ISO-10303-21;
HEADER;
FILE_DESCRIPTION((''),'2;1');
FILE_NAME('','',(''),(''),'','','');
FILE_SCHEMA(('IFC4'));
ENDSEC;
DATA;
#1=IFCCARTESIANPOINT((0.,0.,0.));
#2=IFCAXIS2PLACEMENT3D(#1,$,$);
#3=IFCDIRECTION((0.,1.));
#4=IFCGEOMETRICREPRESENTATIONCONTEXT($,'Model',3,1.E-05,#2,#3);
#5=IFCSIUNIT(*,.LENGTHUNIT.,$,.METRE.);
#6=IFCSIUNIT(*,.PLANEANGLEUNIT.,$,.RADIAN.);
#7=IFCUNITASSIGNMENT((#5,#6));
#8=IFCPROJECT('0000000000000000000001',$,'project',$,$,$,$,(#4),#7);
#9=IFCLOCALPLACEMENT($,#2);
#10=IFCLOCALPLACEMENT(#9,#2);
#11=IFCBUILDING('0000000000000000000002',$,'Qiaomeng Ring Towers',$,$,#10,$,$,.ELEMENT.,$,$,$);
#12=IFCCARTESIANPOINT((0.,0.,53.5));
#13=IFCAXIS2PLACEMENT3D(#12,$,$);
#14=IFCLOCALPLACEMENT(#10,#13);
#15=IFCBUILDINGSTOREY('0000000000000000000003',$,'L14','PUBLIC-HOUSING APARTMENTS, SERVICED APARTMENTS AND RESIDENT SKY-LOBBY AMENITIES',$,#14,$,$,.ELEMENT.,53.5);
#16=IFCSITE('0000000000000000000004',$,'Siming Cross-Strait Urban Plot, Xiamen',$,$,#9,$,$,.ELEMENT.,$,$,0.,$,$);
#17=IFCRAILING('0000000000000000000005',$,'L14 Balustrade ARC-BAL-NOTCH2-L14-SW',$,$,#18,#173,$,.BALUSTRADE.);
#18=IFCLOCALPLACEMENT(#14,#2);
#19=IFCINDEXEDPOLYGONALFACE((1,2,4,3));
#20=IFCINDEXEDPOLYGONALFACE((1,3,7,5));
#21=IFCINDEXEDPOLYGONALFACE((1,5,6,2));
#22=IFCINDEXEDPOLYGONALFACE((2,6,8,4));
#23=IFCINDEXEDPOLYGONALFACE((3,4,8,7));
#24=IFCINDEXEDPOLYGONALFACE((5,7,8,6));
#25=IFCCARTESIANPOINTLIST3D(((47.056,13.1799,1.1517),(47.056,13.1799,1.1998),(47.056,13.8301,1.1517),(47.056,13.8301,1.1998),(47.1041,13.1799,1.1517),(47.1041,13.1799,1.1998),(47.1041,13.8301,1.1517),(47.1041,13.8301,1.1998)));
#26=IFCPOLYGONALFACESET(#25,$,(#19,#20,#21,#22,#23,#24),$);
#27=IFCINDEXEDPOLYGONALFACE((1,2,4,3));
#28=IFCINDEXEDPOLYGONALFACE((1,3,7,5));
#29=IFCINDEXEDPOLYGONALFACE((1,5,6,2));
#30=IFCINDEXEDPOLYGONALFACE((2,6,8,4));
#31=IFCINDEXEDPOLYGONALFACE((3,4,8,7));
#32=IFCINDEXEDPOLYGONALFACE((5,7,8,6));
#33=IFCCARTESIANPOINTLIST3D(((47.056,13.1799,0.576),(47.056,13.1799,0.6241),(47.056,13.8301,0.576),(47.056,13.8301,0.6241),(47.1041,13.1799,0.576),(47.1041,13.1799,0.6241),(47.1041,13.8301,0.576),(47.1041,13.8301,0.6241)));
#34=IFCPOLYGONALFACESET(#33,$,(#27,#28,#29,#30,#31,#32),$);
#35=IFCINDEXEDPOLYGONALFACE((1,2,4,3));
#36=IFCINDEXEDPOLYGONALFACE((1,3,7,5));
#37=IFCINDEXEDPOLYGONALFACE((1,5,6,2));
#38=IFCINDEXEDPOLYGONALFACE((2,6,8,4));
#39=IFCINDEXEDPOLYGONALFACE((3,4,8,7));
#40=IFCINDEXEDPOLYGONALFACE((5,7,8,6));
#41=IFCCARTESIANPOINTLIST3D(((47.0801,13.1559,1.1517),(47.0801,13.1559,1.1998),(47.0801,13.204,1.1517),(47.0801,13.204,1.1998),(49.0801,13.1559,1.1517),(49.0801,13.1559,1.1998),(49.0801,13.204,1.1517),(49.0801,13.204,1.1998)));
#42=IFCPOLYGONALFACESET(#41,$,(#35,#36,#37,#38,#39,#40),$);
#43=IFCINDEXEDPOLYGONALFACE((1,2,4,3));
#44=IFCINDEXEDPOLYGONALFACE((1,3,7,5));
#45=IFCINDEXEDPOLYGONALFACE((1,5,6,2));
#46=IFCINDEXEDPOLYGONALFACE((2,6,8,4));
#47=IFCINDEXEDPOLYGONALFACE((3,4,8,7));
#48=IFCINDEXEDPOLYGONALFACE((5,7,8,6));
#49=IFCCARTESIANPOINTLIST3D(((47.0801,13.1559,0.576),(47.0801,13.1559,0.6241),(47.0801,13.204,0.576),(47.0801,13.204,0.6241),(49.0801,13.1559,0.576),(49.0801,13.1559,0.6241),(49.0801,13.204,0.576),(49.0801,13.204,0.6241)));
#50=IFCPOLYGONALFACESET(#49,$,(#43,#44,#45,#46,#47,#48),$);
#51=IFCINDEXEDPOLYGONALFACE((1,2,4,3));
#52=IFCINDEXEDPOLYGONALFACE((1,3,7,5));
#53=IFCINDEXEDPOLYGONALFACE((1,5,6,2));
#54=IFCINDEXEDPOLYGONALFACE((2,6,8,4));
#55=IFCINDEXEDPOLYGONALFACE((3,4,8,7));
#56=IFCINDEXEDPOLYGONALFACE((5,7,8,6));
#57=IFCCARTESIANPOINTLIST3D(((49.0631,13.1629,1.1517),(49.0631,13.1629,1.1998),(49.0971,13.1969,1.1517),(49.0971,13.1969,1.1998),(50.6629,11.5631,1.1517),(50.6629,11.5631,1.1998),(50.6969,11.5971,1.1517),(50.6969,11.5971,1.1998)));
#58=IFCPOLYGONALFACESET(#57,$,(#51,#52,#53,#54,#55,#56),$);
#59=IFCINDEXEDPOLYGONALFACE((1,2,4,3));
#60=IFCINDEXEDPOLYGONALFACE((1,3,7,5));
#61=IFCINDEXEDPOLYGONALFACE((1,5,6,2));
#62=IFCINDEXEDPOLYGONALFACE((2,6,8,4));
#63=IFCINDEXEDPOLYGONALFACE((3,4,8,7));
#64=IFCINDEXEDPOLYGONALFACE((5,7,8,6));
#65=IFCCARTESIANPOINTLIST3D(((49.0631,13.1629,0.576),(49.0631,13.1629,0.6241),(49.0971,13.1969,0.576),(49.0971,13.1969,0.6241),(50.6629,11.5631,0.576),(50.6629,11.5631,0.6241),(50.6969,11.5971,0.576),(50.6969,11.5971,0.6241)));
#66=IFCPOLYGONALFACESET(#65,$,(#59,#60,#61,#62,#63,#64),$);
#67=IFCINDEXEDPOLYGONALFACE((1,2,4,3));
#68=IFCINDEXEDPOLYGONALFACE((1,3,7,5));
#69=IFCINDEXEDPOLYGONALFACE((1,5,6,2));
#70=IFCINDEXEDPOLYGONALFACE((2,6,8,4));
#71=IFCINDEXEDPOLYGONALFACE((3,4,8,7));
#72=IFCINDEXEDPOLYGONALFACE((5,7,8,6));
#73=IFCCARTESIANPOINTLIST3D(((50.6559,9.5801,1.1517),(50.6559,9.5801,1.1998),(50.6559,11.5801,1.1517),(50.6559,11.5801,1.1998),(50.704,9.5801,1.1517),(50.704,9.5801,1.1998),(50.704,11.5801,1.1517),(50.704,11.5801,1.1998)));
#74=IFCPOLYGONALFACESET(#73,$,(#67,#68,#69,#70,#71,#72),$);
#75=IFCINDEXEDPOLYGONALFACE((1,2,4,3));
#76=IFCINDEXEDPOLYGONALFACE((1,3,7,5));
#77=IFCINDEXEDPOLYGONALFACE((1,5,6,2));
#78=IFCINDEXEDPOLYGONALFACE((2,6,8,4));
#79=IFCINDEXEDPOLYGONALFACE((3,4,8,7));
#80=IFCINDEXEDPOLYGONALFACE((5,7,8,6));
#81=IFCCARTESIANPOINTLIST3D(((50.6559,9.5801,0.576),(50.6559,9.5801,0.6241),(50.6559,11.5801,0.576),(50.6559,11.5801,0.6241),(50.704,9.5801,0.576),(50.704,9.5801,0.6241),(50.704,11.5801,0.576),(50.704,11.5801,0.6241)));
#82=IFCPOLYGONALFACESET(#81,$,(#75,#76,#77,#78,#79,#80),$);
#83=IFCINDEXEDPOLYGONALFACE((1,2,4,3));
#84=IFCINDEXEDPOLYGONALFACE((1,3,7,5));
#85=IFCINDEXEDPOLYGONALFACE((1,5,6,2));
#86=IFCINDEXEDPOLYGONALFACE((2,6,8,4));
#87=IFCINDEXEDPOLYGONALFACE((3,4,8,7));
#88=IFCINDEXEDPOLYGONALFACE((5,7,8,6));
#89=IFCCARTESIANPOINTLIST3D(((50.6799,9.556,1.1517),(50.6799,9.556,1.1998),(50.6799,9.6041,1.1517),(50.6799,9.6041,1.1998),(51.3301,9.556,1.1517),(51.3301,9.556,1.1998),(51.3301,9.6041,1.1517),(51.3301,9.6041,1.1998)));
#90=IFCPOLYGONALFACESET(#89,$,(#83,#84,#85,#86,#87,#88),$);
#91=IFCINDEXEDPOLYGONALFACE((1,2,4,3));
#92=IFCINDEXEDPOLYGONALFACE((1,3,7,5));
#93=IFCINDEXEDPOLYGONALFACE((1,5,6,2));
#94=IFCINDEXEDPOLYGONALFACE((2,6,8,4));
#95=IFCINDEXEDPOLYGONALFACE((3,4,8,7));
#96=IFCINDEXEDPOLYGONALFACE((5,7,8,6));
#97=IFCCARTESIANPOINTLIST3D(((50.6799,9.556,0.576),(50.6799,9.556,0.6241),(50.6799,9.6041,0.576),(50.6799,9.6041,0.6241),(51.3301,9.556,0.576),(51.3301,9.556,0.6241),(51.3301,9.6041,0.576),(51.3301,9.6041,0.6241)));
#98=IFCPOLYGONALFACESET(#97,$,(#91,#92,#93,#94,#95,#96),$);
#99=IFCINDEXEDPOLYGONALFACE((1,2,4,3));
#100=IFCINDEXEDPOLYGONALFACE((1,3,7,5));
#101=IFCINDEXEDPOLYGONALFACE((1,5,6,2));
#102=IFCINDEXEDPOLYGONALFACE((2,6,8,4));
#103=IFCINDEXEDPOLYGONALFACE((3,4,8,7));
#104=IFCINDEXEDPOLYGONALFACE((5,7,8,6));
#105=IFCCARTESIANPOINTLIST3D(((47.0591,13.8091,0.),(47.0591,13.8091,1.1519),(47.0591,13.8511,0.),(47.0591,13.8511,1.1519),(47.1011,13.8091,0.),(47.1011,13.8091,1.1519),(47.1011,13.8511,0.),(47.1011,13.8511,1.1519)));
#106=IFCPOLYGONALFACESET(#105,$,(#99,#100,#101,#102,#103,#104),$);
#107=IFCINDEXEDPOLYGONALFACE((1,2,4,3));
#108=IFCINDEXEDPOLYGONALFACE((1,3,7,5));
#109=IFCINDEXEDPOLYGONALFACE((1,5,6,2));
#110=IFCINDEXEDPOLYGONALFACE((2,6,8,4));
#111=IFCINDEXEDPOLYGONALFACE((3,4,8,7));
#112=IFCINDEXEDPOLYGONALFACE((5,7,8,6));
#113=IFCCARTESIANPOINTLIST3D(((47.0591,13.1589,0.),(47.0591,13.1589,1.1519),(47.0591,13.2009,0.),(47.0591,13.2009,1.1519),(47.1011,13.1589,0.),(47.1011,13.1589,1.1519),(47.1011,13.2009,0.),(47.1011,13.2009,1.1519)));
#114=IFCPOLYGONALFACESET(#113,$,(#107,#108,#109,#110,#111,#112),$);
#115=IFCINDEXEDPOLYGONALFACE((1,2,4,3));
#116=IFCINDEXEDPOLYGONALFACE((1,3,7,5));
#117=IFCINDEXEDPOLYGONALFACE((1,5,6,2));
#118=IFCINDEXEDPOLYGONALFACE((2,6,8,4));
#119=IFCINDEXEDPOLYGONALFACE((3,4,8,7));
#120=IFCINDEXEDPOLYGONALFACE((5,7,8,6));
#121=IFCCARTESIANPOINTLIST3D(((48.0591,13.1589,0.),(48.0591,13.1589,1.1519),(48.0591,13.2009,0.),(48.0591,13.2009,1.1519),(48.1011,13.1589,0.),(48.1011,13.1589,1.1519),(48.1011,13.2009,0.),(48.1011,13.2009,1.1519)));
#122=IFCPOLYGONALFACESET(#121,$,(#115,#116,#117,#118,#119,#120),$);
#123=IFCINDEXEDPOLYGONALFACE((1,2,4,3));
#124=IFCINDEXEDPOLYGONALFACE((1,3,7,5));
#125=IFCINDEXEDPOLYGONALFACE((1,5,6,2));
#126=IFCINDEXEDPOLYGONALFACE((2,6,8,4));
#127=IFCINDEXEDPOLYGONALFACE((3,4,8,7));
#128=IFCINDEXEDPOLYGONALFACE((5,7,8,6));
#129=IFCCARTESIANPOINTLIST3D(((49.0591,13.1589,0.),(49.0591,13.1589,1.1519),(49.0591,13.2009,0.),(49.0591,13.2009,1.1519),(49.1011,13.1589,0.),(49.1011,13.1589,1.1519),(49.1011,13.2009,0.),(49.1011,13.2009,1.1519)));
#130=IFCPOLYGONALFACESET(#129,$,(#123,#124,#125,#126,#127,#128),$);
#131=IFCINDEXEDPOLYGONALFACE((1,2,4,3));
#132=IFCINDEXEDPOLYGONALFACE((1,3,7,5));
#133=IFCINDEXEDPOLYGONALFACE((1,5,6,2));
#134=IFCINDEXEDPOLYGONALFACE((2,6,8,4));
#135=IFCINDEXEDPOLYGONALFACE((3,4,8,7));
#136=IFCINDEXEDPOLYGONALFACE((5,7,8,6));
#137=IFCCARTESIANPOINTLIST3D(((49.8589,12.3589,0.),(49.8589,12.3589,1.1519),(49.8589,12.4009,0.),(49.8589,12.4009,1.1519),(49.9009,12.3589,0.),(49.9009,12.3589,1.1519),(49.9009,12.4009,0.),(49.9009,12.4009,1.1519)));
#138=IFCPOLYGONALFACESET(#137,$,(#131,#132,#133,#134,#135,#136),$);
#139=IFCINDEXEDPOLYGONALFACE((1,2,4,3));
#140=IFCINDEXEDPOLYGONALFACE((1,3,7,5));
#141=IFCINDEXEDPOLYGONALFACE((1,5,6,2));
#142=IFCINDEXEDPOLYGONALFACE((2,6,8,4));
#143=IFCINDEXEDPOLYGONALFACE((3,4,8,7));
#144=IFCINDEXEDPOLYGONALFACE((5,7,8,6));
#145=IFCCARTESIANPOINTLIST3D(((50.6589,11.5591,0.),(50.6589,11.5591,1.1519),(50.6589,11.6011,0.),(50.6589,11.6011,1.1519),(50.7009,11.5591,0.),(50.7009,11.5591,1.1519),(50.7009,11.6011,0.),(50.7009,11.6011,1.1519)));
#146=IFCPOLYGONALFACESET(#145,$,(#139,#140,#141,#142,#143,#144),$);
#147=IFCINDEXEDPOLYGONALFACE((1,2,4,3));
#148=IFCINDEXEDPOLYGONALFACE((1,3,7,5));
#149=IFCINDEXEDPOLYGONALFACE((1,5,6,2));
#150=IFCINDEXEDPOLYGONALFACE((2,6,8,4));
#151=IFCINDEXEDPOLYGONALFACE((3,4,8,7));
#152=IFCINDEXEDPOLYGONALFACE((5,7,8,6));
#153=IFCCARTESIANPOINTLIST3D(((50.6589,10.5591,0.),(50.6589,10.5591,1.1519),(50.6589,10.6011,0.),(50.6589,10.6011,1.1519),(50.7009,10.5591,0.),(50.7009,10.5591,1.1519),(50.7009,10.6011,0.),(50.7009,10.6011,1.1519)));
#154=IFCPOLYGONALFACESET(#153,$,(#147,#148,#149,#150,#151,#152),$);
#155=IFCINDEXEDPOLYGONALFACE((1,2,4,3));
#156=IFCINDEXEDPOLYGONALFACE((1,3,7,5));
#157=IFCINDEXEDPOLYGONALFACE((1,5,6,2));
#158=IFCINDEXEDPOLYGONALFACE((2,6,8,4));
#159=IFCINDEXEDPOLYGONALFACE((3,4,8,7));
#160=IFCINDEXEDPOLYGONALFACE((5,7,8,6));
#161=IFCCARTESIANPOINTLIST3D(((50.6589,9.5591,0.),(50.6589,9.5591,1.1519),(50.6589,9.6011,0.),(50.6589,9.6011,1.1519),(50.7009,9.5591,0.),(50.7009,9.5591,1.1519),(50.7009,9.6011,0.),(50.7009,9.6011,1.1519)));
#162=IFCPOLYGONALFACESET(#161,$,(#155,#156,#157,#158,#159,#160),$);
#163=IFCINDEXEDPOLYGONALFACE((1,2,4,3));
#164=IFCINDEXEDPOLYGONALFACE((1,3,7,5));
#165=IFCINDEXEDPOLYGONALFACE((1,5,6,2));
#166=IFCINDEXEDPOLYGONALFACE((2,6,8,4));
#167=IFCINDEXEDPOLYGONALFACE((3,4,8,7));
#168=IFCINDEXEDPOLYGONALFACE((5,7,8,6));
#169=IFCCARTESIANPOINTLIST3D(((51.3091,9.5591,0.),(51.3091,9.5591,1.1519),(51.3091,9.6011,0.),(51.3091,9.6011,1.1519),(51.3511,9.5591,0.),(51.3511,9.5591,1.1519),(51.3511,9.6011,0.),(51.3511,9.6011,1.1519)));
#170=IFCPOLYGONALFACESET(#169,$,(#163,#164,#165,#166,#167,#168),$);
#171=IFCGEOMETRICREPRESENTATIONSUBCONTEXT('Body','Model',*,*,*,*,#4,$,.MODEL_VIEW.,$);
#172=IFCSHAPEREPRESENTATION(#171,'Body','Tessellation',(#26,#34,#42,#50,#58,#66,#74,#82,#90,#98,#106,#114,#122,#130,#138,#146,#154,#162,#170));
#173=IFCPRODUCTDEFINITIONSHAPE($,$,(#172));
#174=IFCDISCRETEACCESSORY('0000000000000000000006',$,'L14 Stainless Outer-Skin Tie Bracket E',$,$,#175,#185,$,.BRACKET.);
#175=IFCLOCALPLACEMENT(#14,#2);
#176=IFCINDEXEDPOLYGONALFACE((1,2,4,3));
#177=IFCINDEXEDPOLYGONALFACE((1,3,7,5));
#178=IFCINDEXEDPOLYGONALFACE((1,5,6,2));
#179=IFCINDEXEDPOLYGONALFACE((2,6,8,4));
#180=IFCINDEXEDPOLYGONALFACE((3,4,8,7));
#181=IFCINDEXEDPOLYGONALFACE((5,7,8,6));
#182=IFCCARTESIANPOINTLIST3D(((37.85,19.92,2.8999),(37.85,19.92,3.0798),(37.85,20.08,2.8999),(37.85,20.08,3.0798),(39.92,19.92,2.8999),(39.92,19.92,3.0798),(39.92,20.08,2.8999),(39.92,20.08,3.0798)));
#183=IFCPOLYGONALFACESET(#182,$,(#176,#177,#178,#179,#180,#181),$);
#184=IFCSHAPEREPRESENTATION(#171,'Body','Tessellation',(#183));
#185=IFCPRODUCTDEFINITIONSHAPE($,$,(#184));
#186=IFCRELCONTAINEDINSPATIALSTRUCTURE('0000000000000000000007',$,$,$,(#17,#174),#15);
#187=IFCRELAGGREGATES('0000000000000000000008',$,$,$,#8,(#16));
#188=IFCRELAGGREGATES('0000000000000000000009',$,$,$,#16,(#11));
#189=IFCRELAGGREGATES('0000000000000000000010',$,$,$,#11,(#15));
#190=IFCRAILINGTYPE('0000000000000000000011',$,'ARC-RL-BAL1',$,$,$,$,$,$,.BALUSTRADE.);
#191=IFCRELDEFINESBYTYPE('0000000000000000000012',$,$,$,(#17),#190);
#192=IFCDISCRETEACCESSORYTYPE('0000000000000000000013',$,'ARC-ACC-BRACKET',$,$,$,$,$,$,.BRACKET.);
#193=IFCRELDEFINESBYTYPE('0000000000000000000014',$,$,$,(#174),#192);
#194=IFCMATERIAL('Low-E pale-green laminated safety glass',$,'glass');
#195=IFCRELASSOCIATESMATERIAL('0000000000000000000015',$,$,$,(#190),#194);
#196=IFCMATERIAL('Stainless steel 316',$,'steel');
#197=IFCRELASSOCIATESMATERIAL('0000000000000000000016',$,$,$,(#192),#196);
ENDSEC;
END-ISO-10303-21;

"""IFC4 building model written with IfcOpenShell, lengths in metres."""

from ifc_helpers import new_model, si_unit, direction, frame, origin, origin_2d, place, context, subcontext, project, spatial, rectangle, extrude, source, transform, mapped, material, type_object, element, save


model = new_model("IFC4")

# Units and contexts
model_context = context("Model", 3, precision=1e-05, world=origin(), true_north=direction((0.0, 1.0)))
body_context = subcontext(model_context, "Body", "Model", "MODEL_VIEW")
ifc_project = project(units=[si_unit("LENGTHUNIT", "METRE"), si_unit("PLANEANGLEUNIT", "RADIAN")], contexts=[model_context])

# Site, building, storey
site_placement = place(None, origin())
site = spatial("IfcSite", under=ifc_project, at=site_placement, Name="Siming Cross-Strait Urban Plot, Xiamen", CompositionType="ELEMENT", RefElevation=0.0)
building_placement = place(site_placement, origin())
building = spatial("IfcBuilding", under=site, at=building_placement, Name="Qiaomeng Ring Towers", CompositionType="ELEMENT")
storey_placement = place(building_placement, frame((0.0, 0.0, 53.5)))
storey = spatial("IfcBuildingStorey", under=building, at=storey_placement, Name="L14", Description="PUBLIC-HOUSING APARTMENTS, SERVICED APARTMENTS AND RESIDENT SKY-LOBBY AMENITIES", CompositionType="ELEMENT", Elevation=53.5)

# Railing
ifc_material_1 = material(Name="Low-E pale-green laminated safety glass", Category="glass")
railing_type = type_object("IfcRailingType", Name="ARC-RL-BAL1", PredefinedType="BALUSTRADE", material=ifc_material_1)
railing_1_placement = place(storey_placement, frame((47.0801, 13.8301, 0.0)))
element("IfcRailing", 1, at=railing_1_placement, inside=storey, type_object=railing_type, Name="L14 Balustrade ARC-BAL-NOTCH2-L14-SW", PredefinedType="BALUSTRADE", context=body_context, shape_type="SweptSolid", body=[
    extrude(rectangle(XDim=0.0481, YDim=0.0481, at=origin_2d()), frame((0.0, 0.0, 1.1758), z_axis=(0.0, -1.0, 0.0), x_axis=(1.0, 0.0, 0.0)), (0.0, 0.0, 1.0), 0.6501),
    extrude(rectangle(XDim=0.0481, YDim=0.0481, at=origin_2d()), frame((0.0, 0.0, 0.6001), z_axis=(0.0, -1.0, 0.0), x_axis=(1.0, 0.0, 0.0)), (0.0, 0.0, 1.0), 0.6501),
    extrude(rectangle(XDim=0.0481, YDim=0.0481, at=origin_2d()), frame((0.0, -0.6501, 1.1758), z_axis=(1.0, 0.0, 0.0), x_axis=(0.0, 1.0, 0.0)), (0.0, 0.0, 1.0), 2.0),
    extrude(rectangle(XDim=0.0481, YDim=0.0481, at=origin_2d()), frame((0.0, -0.6501, 0.6001), z_axis=(1.0, 0.0, 0.0), x_axis=(0.0, 1.0, 0.0)), (0.0, 0.0, 1.0), 2.0),
    extrude(rectangle(XDim=0.0481, YDim=0.0481, at=origin_2d()), frame((2.0, -0.6501, 1.1758), z_axis=(0.707107, -0.707107, 0.0), x_axis=(0.707107, 0.707107, 0.0)), (0.0, 0.0, 1.0), 2.2625),
    extrude(rectangle(XDim=0.0481, YDim=0.0481, at=origin_2d()), frame((2.0, -0.6501, 0.6001), z_axis=(0.707107, -0.707107, 0.0), x_axis=(0.707107, 0.707107, 0.0)), (0.0, 0.0, 1.0), 2.2625),
    extrude(rectangle(XDim=0.0481, YDim=0.0481, at=origin_2d()), frame((3.5999, -2.25, 1.1758), z_axis=(0.0, -1.0, 0.0), x_axis=(1.0, 0.0, 0.0)), (0.0, 0.0, 1.0), 2.0),
    extrude(rectangle(XDim=0.0481, YDim=0.0481, at=origin_2d()), frame((3.5999, -2.25, 0.6001), z_axis=(0.0, -1.0, 0.0), x_axis=(1.0, 0.0, 0.0)), (0.0, 0.0, 1.0), 2.0),
    extrude(rectangle(XDim=0.0481, YDim=0.0481, at=origin_2d()), frame((3.5999, -4.25, 1.1758), z_axis=(1.0, 0.0, 0.0), x_axis=(0.0, 1.0, 0.0)), (0.0, 0.0, 1.0), 0.6501),
    extrude(rectangle(XDim=0.0481, YDim=0.0481, at=origin_2d()), frame((3.5999, -4.25, 0.6001), z_axis=(1.0, 0.0, 0.0), x_axis=(0.0, 1.0, 0.0)), (0.0, 0.0, 1.0), 0.6501),
    extrude(rectangle(XDim=0.042, YDim=0.042, at=origin_2d()), origin(), (0.0, 0.0, 1.0), 1.1519),
    extrude(rectangle(XDim=0.042, YDim=0.042, at=origin_2d()), frame((0.0, -0.6501, 0.0)), (0.0, 0.0, 1.0), 1.1519),
    extrude(rectangle(XDim=0.042, YDim=0.042, at=origin_2d()), frame((1.0, -0.6501, 0.0)), (0.0, 0.0, 1.0), 1.1519),
    extrude(rectangle(XDim=0.042, YDim=0.042, at=origin_2d()), frame((2.0, -0.6501, 0.0)), (0.0, 0.0, 1.0), 1.1519),
    extrude(rectangle(XDim=0.042, YDim=0.042, at=origin_2d()), frame((2.7998, -1.4502, 0.0)), (0.0, 0.0, 1.0), 1.1519),
    extrude(rectangle(XDim=0.042, YDim=0.042, at=origin_2d()), frame((3.5999, -2.25, 0.0)), (0.0, 0.0, 1.0), 1.1519),
    extrude(rectangle(XDim=0.042, YDim=0.042, at=origin_2d()), frame((3.5999, -3.25, 0.0)), (0.0, 0.0, 1.0), 1.1519),
    extrude(rectangle(XDim=0.042, YDim=0.042, at=origin_2d()), frame((3.5999, -4.25, 0.0)), (0.0, 0.0, 1.0), 1.1519),
    extrude(rectangle(XDim=0.042, YDim=0.042, at=origin_2d()), frame((4.25, -4.25, 0.0)), (0.0, 0.0, 1.0), 1.1519),
])

# Discrete accessory
ifc_material_2 = material(Name="Stainless steel 316", Category="steel")
discrete_accessory_type = type_object("IfcDiscreteAccessoryType", Name="ARC-ACC-BRACKET", PredefinedType="BRACKET", material=ifc_material_2)
shared_shape_1 = source(origin(), body_context, "Body", "SweptSolid", [
    extrude(rectangle(XDim=2.0701, YDim=0.1599, at=origin_2d()), origin(), (0.0, 0.0, 1.0), 0.1799),
])
discrete_accessory_placement = place(storey_placement, frame((38.885, 20.0, 2.8999), z_axis=(0.0, 0.0, 1.0), x_axis=(1.0, 0.0, 0.0)))
element("IfcDiscreteAccessory", 2, at=discrete_accessory_placement, inside=storey, type_object=discrete_accessory_type, Name="L14 Stainless Outer-Skin Tie Bracket E", PredefinedType="BRACKET", context=body_context, shape_type="MappedRepresentation", body=[
    mapped(shared_shape_1, transform((0.0, 0.0, 0.0), x_axis=(1.0, 0.0, 0.0), y_axis=(0.0, 1.0, 0.0), z_axis=(0.0, 0.0, 1.0), scale=1.0)),
])

save(model, "model.ifc")
